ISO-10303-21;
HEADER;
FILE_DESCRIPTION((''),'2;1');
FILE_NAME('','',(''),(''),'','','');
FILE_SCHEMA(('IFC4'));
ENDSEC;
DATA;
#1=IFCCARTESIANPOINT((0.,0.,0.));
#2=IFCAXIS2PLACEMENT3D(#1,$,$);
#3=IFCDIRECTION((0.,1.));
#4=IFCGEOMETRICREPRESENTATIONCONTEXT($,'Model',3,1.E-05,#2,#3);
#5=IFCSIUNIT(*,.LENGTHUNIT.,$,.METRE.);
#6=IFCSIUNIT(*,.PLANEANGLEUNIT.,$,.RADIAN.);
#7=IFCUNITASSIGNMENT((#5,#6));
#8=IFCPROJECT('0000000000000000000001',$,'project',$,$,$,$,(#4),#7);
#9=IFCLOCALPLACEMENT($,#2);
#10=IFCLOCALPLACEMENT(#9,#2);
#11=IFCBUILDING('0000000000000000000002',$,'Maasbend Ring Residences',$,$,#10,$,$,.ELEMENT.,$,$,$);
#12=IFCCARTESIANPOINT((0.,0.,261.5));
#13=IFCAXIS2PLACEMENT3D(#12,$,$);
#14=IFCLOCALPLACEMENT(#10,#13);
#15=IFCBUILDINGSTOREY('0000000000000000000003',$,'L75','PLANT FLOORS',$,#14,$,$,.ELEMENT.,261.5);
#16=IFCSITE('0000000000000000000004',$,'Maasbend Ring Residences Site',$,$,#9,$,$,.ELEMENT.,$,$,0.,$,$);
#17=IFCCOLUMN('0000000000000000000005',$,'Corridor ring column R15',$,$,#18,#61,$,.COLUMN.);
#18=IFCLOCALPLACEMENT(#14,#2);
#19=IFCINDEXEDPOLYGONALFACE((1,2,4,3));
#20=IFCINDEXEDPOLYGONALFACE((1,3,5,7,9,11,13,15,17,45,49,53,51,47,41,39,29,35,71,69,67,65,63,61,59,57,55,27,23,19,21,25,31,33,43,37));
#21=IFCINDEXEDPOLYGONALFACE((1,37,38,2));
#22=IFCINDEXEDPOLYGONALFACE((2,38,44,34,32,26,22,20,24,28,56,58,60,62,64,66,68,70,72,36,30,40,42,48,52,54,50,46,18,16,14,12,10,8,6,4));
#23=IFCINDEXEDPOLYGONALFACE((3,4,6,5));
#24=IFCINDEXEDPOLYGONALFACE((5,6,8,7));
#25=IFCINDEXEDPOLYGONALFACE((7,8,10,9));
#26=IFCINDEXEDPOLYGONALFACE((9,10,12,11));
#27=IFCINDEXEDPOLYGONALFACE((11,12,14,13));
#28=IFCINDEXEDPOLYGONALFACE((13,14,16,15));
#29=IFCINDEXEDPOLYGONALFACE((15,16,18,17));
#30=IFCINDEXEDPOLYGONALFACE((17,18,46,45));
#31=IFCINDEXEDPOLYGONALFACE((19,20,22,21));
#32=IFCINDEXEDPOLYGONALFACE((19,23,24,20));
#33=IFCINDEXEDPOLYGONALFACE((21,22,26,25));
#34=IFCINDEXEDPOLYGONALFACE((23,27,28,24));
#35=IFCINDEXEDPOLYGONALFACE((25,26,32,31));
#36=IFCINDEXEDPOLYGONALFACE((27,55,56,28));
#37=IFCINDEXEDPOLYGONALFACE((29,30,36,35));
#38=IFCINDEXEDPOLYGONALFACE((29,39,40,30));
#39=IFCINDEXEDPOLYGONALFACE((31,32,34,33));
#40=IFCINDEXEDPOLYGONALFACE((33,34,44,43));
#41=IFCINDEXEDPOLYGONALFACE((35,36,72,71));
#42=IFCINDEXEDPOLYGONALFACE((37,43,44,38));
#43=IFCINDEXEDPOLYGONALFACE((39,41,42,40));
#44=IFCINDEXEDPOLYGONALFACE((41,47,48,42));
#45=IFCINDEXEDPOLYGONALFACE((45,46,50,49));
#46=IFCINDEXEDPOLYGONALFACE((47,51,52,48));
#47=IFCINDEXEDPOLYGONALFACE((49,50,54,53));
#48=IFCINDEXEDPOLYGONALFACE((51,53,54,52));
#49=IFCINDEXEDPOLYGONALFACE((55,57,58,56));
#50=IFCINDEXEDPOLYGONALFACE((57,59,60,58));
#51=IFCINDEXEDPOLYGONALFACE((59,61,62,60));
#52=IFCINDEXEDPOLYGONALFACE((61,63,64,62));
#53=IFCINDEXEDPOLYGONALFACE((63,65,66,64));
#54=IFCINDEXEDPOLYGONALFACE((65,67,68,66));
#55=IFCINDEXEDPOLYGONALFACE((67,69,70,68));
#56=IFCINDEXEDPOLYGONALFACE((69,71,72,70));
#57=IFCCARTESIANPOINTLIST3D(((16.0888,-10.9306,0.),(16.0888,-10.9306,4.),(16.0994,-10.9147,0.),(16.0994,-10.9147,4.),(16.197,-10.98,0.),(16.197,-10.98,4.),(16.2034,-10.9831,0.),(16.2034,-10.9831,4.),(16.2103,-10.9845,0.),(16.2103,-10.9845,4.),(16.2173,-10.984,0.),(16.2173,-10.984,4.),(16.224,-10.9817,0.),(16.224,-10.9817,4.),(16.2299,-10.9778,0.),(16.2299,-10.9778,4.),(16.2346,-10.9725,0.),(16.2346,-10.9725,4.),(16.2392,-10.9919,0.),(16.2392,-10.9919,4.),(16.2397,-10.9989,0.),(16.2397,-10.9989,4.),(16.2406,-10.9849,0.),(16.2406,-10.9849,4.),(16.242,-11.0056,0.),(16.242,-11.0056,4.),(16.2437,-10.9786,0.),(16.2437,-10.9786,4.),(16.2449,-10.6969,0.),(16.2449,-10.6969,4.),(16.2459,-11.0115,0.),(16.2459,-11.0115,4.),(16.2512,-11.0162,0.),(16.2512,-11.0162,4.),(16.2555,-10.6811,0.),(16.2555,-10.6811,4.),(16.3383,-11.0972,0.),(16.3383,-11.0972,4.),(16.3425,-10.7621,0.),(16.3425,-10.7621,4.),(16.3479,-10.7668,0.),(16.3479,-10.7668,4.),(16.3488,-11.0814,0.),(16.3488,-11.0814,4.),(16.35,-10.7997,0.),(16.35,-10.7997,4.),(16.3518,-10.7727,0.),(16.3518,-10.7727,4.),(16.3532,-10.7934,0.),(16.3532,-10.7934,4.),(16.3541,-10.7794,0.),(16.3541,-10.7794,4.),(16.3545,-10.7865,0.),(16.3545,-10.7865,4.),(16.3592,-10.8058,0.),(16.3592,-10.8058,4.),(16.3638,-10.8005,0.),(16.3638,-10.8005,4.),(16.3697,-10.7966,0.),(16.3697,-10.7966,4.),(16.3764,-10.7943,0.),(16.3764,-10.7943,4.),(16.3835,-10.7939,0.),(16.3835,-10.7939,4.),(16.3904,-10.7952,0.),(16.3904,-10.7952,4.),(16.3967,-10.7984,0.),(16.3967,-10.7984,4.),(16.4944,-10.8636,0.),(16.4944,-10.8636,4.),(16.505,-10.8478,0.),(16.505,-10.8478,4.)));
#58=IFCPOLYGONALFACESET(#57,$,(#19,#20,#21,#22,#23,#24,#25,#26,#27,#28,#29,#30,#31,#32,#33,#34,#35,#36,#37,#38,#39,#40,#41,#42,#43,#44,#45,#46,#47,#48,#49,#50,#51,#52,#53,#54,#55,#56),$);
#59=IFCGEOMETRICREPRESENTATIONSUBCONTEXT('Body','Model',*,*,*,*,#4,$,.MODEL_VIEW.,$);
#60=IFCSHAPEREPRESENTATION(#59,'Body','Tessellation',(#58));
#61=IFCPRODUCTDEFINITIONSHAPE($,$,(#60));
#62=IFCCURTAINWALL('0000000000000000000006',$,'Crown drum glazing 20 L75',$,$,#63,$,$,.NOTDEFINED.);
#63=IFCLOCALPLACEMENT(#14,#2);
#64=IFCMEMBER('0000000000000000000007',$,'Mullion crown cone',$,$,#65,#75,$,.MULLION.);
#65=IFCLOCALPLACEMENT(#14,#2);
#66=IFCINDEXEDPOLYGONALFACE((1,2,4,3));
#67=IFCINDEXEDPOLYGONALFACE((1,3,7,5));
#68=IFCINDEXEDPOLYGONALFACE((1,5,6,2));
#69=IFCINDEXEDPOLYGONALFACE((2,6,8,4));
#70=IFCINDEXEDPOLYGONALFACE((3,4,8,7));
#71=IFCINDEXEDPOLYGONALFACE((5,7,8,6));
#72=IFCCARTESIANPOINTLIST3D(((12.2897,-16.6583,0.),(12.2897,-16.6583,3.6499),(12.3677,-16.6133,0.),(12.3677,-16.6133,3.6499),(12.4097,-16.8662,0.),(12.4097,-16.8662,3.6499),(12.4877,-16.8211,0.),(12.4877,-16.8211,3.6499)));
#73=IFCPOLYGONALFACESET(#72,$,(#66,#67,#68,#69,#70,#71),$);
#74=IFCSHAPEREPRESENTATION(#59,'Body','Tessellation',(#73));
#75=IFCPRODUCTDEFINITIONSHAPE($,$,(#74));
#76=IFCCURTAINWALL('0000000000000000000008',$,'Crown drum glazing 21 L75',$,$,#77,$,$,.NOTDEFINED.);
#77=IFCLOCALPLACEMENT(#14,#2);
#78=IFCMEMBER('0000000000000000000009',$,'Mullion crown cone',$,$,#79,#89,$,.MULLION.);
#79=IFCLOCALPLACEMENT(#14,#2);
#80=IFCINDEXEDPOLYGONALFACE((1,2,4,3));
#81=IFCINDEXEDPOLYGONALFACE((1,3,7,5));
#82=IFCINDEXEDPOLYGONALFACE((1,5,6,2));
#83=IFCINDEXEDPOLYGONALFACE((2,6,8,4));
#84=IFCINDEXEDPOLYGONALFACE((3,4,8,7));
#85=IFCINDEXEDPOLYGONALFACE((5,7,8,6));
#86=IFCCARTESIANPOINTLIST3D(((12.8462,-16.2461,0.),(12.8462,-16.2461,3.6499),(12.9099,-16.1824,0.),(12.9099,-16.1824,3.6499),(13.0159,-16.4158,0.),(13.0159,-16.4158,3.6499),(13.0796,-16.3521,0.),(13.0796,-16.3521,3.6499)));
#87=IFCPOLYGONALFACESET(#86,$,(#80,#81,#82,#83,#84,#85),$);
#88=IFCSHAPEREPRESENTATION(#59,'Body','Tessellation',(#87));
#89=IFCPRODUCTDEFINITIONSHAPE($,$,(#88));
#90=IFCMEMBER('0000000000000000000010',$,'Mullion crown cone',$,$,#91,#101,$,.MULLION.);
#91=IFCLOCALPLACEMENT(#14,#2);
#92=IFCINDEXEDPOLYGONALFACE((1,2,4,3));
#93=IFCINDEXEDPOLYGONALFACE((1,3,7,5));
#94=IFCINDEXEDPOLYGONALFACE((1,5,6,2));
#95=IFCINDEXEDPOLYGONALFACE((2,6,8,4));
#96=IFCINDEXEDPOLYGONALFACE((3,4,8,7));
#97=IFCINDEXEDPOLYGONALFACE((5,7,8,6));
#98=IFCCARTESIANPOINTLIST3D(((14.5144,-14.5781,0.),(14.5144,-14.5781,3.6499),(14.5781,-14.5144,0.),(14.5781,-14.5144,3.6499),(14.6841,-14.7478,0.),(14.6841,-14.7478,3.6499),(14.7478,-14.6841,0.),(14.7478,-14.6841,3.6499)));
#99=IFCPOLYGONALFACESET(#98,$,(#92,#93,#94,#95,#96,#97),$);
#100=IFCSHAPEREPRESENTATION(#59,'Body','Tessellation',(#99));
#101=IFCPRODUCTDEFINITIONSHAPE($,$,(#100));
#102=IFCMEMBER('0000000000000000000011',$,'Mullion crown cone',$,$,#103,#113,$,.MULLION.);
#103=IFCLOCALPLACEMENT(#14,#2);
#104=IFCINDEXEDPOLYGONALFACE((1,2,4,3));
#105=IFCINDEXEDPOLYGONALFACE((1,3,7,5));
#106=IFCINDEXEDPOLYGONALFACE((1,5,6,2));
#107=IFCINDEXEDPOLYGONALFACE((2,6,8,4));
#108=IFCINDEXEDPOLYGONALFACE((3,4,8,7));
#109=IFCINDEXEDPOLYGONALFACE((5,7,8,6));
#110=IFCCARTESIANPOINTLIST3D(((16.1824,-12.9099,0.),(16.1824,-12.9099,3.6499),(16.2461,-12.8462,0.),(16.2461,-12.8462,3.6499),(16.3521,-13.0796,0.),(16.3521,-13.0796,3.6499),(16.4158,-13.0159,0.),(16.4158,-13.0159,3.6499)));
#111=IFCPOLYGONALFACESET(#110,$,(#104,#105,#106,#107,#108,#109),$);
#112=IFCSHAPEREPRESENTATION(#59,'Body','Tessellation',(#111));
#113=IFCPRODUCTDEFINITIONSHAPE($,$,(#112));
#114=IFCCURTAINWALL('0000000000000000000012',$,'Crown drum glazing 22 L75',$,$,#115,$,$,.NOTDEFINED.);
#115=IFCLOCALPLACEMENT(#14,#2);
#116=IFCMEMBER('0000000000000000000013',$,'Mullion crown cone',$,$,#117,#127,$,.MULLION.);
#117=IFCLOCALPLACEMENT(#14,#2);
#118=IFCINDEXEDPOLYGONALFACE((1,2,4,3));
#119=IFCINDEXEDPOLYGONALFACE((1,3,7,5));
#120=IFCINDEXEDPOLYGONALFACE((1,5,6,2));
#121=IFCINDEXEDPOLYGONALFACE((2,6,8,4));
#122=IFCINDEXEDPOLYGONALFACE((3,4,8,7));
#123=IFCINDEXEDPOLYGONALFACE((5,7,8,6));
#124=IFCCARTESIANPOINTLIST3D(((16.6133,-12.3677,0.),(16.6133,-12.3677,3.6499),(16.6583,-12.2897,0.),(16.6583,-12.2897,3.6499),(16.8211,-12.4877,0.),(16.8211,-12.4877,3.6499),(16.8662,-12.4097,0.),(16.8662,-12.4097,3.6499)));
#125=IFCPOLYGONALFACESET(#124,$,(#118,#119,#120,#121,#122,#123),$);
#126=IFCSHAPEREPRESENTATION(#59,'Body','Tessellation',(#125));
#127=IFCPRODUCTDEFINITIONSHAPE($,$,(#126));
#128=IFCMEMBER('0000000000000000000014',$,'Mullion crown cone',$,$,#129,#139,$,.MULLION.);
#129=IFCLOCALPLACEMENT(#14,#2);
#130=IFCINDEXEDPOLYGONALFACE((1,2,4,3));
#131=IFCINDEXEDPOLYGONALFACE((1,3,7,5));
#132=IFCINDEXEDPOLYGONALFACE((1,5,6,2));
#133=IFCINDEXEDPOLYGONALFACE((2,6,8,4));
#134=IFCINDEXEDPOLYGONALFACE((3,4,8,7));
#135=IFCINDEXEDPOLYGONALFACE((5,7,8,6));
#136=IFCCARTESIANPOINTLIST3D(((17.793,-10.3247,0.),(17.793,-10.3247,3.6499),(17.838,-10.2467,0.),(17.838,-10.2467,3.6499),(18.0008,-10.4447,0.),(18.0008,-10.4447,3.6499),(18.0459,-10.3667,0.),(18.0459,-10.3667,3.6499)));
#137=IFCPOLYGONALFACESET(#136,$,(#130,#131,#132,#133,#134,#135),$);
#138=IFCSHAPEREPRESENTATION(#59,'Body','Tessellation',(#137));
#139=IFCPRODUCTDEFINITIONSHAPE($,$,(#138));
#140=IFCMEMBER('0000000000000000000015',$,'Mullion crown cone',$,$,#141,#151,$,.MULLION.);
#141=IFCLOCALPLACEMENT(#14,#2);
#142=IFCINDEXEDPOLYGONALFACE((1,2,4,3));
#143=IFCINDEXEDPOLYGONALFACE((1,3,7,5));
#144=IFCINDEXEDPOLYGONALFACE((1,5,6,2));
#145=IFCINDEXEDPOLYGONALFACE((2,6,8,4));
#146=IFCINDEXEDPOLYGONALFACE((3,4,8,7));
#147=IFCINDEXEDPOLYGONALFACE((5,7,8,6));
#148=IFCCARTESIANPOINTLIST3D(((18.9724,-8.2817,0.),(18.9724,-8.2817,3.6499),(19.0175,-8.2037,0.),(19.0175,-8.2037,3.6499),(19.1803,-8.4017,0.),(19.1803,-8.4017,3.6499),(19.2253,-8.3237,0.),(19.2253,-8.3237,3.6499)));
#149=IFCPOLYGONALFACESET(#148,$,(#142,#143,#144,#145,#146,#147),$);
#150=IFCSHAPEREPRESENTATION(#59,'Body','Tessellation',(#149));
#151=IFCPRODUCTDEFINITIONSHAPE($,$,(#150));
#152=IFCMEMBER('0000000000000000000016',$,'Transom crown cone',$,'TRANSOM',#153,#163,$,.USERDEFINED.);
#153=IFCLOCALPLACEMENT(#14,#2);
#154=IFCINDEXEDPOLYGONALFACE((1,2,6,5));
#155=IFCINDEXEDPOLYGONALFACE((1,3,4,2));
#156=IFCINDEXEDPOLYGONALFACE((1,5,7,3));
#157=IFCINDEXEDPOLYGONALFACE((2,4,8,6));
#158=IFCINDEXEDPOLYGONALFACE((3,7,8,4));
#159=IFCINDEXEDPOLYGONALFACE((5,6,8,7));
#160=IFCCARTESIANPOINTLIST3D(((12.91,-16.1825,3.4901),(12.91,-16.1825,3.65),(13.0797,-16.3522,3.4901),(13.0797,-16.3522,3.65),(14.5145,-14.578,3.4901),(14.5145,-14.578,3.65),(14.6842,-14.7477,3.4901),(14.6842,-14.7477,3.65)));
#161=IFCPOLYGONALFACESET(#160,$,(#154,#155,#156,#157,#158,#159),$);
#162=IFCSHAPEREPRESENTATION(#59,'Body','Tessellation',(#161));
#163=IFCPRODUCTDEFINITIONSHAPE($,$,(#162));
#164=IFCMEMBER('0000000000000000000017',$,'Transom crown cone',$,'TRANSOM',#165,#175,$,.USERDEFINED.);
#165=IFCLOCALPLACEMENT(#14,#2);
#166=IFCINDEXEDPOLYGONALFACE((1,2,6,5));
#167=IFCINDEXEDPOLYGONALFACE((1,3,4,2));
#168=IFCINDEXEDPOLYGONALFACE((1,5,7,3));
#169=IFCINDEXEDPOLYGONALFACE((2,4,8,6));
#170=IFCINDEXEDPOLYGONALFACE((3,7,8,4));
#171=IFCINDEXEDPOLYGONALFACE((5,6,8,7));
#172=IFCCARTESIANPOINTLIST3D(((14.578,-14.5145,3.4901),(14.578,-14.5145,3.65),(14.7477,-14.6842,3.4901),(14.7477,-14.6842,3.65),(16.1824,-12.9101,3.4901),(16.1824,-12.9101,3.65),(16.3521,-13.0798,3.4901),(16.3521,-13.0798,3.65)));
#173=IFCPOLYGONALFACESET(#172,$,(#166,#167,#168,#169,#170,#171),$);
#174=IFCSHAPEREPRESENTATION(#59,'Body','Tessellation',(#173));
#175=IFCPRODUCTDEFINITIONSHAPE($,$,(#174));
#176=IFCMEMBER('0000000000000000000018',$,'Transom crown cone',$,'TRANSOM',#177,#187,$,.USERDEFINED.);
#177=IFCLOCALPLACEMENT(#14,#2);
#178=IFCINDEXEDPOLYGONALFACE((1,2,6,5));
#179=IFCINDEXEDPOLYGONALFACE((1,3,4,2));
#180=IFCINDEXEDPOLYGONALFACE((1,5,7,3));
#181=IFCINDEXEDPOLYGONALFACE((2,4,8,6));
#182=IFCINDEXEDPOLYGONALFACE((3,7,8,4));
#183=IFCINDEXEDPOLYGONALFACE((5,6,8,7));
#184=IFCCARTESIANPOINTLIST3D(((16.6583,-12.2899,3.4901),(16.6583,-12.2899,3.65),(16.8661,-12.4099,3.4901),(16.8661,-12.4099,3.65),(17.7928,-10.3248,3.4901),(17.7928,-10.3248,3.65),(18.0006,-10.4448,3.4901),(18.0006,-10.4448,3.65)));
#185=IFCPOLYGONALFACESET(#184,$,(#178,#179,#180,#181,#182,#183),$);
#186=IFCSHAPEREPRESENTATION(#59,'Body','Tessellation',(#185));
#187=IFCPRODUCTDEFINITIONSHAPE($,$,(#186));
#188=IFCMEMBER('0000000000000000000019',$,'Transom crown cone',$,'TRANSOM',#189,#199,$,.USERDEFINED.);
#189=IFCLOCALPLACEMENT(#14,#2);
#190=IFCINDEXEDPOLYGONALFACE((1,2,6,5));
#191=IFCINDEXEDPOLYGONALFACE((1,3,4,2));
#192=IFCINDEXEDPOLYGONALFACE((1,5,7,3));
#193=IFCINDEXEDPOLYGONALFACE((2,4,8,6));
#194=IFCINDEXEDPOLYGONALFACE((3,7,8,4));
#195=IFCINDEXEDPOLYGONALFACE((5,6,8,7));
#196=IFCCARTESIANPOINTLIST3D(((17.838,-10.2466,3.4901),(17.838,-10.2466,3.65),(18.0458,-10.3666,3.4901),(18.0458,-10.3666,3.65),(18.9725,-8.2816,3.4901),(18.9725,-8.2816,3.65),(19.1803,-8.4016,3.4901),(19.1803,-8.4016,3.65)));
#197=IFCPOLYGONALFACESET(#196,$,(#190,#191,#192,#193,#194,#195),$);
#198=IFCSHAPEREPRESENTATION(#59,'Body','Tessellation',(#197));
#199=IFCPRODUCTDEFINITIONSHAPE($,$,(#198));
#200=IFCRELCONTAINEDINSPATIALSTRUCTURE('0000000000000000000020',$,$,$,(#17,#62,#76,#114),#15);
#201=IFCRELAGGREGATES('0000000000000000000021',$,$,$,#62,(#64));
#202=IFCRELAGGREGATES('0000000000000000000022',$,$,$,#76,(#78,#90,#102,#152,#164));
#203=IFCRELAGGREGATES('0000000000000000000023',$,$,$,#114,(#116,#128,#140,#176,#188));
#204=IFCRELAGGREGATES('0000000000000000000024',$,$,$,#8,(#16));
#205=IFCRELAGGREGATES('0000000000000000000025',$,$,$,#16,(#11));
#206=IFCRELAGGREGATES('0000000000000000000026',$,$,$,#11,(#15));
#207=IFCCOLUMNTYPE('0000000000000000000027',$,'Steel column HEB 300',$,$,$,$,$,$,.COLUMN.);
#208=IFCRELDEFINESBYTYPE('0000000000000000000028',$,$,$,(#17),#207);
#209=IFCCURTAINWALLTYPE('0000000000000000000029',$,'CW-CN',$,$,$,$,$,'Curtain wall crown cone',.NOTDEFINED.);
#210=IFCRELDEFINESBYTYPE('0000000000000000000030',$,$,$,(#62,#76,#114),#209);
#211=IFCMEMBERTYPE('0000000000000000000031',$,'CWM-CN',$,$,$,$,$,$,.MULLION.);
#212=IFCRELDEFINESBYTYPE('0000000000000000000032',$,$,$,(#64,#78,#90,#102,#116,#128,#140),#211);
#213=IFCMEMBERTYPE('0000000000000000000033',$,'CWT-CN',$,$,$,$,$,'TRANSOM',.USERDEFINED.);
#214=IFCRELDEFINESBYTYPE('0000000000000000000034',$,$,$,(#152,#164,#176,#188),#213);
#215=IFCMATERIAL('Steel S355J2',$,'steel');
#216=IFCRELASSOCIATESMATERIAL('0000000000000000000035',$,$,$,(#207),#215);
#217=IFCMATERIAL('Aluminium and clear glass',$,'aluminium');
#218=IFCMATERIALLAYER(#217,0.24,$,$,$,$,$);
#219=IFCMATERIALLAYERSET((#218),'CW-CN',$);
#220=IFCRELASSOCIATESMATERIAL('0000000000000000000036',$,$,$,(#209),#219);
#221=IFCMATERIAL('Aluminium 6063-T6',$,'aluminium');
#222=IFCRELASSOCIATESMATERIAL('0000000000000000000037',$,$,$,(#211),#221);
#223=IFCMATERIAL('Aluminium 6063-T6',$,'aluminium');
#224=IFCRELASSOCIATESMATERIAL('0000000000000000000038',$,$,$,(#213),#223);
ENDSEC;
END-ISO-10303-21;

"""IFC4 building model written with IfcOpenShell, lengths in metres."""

from ifc_helpers import new_model, si_unit, direction, frame, origin, origin_2d, place, context, subcontext, project, spatial, rectangle, i_section, extrude, material, layer, layer_set, material_profile, profile_set, type_object, element, aggregate, save


model = new_model("IFC4")

# Units and contexts
model_context = context("Model", 3, precision=1e-05, world=origin(), true_north=direction((0.0, 1.0)))
body_context = subcontext(model_context, "Body", "Model", "MODEL_VIEW")
ifc_project = project(units=[si_unit("LENGTHUNIT", "METRE"), si_unit("PLANEANGLEUNIT", "RADIAN")], contexts=[model_context])

# Site, building, storey
site_placement = place(None, origin())
site = spatial("IfcSite", under=ifc_project, at=site_placement, Name="Maasbend Ring Residences Site", CompositionType="ELEMENT", RefElevation=0.0)
building_placement = place(site_placement, origin())
building = spatial("IfcBuilding", under=site, at=building_placement, Name="Maasbend Ring Residences", CompositionType="ELEMENT")
storey_placement = place(building_placement, frame((0.0, 0.0, 261.5)))
storey = spatial("IfcBuildingStorey", under=building, at=storey_placement, Name="L75", Description="PLANT FLOORS", CompositionType="ELEMENT", Elevation=261.5)

# Column
ifc_material_1 = material(Name="Steel S355J2", Category="steel")
ifc_material_profile_1 = material_profile(ifc_material_1, i_section(OverallWidth=0.3, OverallDepth=0.3, WebThickness=0.011, FlangeThickness=0.019, FilletRadius=0.0271, at=origin_2d()), Name="HEB 300")
ifc_profile_set_1 = profile_set([ifc_material_profile_1], Name="Steel S355J2")
column_type = type_object("IfcColumnType", Name="Steel column HEB 300", PredefinedType="COLUMN", material=ifc_profile_set_1)
column_placement = place(storey_placement, frame((16.2969, -10.8892, 0.0), z_axis=(0.0, 0.0, 1.0), x_axis=(0.83147, -0.55557, 0.0)))
element("IfcColumn", 1, at=column_placement, inside=storey, type_object=column_type, Name="Corridor ring column R15", PredefinedType="COLUMN", context=body_context, shape_type="SweptSolid", body=[
    extrude(i_section(OverallWidth=0.3, OverallDepth=0.3, WebThickness=0.011, FlangeThickness=0.019, FilletRadius=0.0271, at=origin_2d()), origin(), (0.0, 0.0, 1.0), 4.0),
])

# Curtain wall, member
ifc_material_2 = material(Name="Aluminium and clear glass", Category="aluminium")
ifc_layer_1 = layer(ifc_material_2, 0.24)
ifc_layer_set_1 = layer_set([ifc_layer_1], Name="CW-CN")
curtain_wall_type = type_object("IfcCurtainWallType", Name="CW-CN", ElementType="Curtain wall crown cone", PredefinedType="NOTDEFINED", material=ifc_layer_set_1)
curtain_wall_1_placement = place(storey_placement, origin())
curtain_wall_1 = element("IfcCurtainWall", 2, at=curtain_wall_1_placement, inside=storey, type_object=curtain_wall_type, Name="Crown drum glazing 20 L75", PredefinedType="NOTDEFINED")
ifc_material_3 = material(Name="Aluminium 6063-T6", Category="aluminium")
ifc_material_profile_2 = material_profile(ifc_material_3, rectangle(XDim=0.24, YDim=0.0901, at=origin_2d()), Name="AL 240x90")
ifc_profile_set_2 = profile_set([ifc_material_profile_2], Name="Aluminium 6063-T6")
member_type_1 = type_object("IfcMemberType", Name="CWM-CN", PredefinedType="MULLION", material=ifc_profile_set_2)
member_1_placement = place(storey_placement, frame((12.3887, -16.7397, 0.0), z_axis=(0.0, 0.0, 1.0), x_axis=(-0.5, 0.866025, 0.0)))
member_1 = element("IfcMember", 3, at=member_1_placement, type_object=member_type_1, Name="Mullion crown cone", PredefinedType="MULLION", context=body_context, shape_type="SweptSolid", body=[
    extrude(rectangle(XDim=0.24, YDim=0.0901, at=origin_2d()), origin(), (0.0, 0.0, 1.0), 3.6499),
])
aggregate(curtain_wall_1, [member_1])

# Curtain walls, members
curtain_wall_2_placement = place(storey_placement, origin())
curtain_wall_2 = element("IfcCurtainWall", 4, at=curtain_wall_2_placement, inside=storey, type_object=curtain_wall_type, Name="Crown drum glazing 21 L75", PredefinedType="NOTDEFINED")
member_2_placement = place(storey_placement, frame((12.9629, -16.2991, 0.0), z_axis=(0.0, 0.0, 1.0), x_axis=(-0.707107, 0.707107, 0.0)))
member_2 = element("IfcMember", 5, at=member_2_placement, type_object=member_type_1, Name="Mullion crown cone", PredefinedType="MULLION", context=body_context, shape_type="SweptSolid", body=[
    extrude(rectangle(XDim=0.24, YDim=0.0901, at=origin_2d()), origin(), (0.0, 0.0, 1.0), 3.6499),
])
member_3_placement = place(storey_placement, frame((14.6311, -14.6311, 0.0), z_axis=(0.0, 0.0, 1.0), x_axis=(-0.707107, 0.707107, 0.0)))
member_3 = element("IfcMember", 6, at=member_3_placement, type_object=member_type_1, Name="Mullion crown cone", PredefinedType="MULLION", context=body_context, shape_type="SweptSolid", body=[
    extrude(rectangle(XDim=0.24, YDim=0.0901, at=origin_2d()), origin(), (0.0, 0.0, 1.0), 3.6499),
])
member_4_placement = place(storey_placement, frame((16.2991, -12.9629, 0.0), z_axis=(0.0, 0.0, 1.0), x_axis=(-0.707107, 0.707107, 0.0)))
member_4 = element("IfcMember", 7, at=member_4_placement, type_object=member_type_1, Name="Mullion crown cone", PredefinedType="MULLION", context=body_context, shape_type="SweptSolid", body=[
    extrude(rectangle(XDim=0.24, YDim=0.0901, at=origin_2d()), origin(), (0.0, 0.0, 1.0), 3.6499),
])
curtain_wall_3_placement = place(storey_placement, origin())
curtain_wall_3 = element("IfcCurtainWall", 8, at=curtain_wall_3_placement, inside=storey, type_object=curtain_wall_type, Name="Crown drum glazing 22 L75", PredefinedType="NOTDEFINED")
member_5_placement = place(storey_placement, frame((16.7397, -12.3887, 0.0), z_axis=(0.0, 0.0, 1.0), x_axis=(-0.866025, 0.5, 0.0)))
member_5 = element("IfcMember", 9, at=member_5_placement, type_object=member_type_1, Name="Mullion crown cone", PredefinedType="MULLION", context=body_context, shape_type="SweptSolid", body=[
    extrude(rectangle(XDim=0.24, YDim=0.0901, at=origin_2d()), origin(), (0.0, 0.0, 1.0), 3.6499),
])
member_6_placement = place(storey_placement, frame((17.9194, -10.3457, 0.0), z_axis=(0.0, 0.0, 1.0), x_axis=(-0.866025, 0.5, 0.0)))
member_6 = element("IfcMember", 10, at=member_6_placement, type_object=member_type_1, Name="Mullion crown cone", PredefinedType="MULLION", context=body_context, shape_type="SweptSolid", body=[
    extrude(rectangle(XDim=0.24, YDim=0.0901, at=origin_2d()), origin(), (0.0, 0.0, 1.0), 3.6499),
])
member_7_placement = place(storey_placement, frame((19.0989, -8.3027, 0.0), z_axis=(0.0, 0.0, 1.0), x_axis=(-0.866025, 0.5, 0.0)))
member_7 = element("IfcMember", 11, at=member_7_placement, type_object=member_type_1, Name="Mullion crown cone", PredefinedType="MULLION", context=body_context, shape_type="SweptSolid", body=[
    extrude(rectangle(XDim=0.24, YDim=0.0901, at=origin_2d()), origin(), (0.0, 0.0, 1.0), 3.6499),
])

# Members
ifc_material_4 = material(Name="Aluminium 6063-T6", Category="aluminium")
ifc_material_profile_3 = material_profile(ifc_material_4, rectangle(XDim=0.24, YDim=0.1599, at=origin_2d()), Name="AL 240x160")
ifc_profile_set_3 = profile_set([ifc_material_profile_3], Name="Aluminium 6063-T6")
member_type_2 = type_object("IfcMemberType", Name="CWT-CN", ElementType="TRANSOM", PredefinedType="USERDEFINED", material=ifc_profile_set_3)
member_8_placement = place(storey_placement, frame((12.9949, -16.2673, 3.5701), z_axis=(0.707107, 0.707107, 0.0), x_axis=(-0.707107, 0.707107, 0.0)))
member_8 = element("IfcMember", 12, at=member_8_placement, type_object=member_type_2, Name="Transom crown cone", ObjectType="TRANSOM", PredefinedType="USERDEFINED", context=body_context, shape_type="SweptSolid", body=[
    extrude(rectangle(XDim=0.24, YDim=0.1599, at=origin_2d()), origin(), (0.0, 0.0, 1.0), 2.269),
])
member_9_placement = place(storey_placement, frame((14.6628, -14.5994, 3.5701), z_axis=(0.707107, 0.707107, 0.0), x_axis=(-0.707107, 0.707107, 0.0)))
member_9 = element("IfcMember", 13, at=member_9_placement, type_object=member_type_2, Name="Transom crown cone", ObjectType="TRANSOM", PredefinedType="USERDEFINED", context=body_context, shape_type="SweptSolid", body=[
    extrude(rectangle(XDim=0.24, YDim=0.1599, at=origin_2d()), origin(), (0.0, 0.0, 1.0), 2.269),
])
member_10_placement = place(storey_placement, frame((16.7622, -12.3499, 3.5701), z_axis=(0.499993, 0.86603, 0.0), x_axis=(-0.86603, 0.499993, 0.0)))
member_10 = element("IfcMember", 14, at=member_10_placement, type_object=member_type_2, Name="Transom crown cone", ObjectType="TRANSOM", PredefinedType="USERDEFINED", context=body_context, shape_type="SweptSolid", body=[
    extrude(rectangle(XDim=0.24, YDim=0.1599, at=origin_2d()), origin(), (0.0, 0.0, 1.0), 2.269),
])
member_11_placement = place(storey_placement, frame((17.9419, -10.3066, 3.5701), z_axis=(0.499993, 0.86603, 0.0), x_axis=(-0.86603, 0.499993, 0.0)))
member_11 = element("IfcMember", 15, at=member_11_placement, type_object=member_type_2, Name="Transom crown cone", ObjectType="TRANSOM", PredefinedType="USERDEFINED", context=body_context, shape_type="SweptSolid", body=[
    extrude(rectangle(XDim=0.24, YDim=0.1599, at=origin_2d()), origin(), (0.0, 0.0, 1.0), 2.269),
])

aggregate(curtain_wall_2, [member_2, member_3, member_4, member_8, member_9])
aggregate(curtain_wall_3, [member_5, member_6, member_7, member_10, member_11])

save(model, "model.ifc")
